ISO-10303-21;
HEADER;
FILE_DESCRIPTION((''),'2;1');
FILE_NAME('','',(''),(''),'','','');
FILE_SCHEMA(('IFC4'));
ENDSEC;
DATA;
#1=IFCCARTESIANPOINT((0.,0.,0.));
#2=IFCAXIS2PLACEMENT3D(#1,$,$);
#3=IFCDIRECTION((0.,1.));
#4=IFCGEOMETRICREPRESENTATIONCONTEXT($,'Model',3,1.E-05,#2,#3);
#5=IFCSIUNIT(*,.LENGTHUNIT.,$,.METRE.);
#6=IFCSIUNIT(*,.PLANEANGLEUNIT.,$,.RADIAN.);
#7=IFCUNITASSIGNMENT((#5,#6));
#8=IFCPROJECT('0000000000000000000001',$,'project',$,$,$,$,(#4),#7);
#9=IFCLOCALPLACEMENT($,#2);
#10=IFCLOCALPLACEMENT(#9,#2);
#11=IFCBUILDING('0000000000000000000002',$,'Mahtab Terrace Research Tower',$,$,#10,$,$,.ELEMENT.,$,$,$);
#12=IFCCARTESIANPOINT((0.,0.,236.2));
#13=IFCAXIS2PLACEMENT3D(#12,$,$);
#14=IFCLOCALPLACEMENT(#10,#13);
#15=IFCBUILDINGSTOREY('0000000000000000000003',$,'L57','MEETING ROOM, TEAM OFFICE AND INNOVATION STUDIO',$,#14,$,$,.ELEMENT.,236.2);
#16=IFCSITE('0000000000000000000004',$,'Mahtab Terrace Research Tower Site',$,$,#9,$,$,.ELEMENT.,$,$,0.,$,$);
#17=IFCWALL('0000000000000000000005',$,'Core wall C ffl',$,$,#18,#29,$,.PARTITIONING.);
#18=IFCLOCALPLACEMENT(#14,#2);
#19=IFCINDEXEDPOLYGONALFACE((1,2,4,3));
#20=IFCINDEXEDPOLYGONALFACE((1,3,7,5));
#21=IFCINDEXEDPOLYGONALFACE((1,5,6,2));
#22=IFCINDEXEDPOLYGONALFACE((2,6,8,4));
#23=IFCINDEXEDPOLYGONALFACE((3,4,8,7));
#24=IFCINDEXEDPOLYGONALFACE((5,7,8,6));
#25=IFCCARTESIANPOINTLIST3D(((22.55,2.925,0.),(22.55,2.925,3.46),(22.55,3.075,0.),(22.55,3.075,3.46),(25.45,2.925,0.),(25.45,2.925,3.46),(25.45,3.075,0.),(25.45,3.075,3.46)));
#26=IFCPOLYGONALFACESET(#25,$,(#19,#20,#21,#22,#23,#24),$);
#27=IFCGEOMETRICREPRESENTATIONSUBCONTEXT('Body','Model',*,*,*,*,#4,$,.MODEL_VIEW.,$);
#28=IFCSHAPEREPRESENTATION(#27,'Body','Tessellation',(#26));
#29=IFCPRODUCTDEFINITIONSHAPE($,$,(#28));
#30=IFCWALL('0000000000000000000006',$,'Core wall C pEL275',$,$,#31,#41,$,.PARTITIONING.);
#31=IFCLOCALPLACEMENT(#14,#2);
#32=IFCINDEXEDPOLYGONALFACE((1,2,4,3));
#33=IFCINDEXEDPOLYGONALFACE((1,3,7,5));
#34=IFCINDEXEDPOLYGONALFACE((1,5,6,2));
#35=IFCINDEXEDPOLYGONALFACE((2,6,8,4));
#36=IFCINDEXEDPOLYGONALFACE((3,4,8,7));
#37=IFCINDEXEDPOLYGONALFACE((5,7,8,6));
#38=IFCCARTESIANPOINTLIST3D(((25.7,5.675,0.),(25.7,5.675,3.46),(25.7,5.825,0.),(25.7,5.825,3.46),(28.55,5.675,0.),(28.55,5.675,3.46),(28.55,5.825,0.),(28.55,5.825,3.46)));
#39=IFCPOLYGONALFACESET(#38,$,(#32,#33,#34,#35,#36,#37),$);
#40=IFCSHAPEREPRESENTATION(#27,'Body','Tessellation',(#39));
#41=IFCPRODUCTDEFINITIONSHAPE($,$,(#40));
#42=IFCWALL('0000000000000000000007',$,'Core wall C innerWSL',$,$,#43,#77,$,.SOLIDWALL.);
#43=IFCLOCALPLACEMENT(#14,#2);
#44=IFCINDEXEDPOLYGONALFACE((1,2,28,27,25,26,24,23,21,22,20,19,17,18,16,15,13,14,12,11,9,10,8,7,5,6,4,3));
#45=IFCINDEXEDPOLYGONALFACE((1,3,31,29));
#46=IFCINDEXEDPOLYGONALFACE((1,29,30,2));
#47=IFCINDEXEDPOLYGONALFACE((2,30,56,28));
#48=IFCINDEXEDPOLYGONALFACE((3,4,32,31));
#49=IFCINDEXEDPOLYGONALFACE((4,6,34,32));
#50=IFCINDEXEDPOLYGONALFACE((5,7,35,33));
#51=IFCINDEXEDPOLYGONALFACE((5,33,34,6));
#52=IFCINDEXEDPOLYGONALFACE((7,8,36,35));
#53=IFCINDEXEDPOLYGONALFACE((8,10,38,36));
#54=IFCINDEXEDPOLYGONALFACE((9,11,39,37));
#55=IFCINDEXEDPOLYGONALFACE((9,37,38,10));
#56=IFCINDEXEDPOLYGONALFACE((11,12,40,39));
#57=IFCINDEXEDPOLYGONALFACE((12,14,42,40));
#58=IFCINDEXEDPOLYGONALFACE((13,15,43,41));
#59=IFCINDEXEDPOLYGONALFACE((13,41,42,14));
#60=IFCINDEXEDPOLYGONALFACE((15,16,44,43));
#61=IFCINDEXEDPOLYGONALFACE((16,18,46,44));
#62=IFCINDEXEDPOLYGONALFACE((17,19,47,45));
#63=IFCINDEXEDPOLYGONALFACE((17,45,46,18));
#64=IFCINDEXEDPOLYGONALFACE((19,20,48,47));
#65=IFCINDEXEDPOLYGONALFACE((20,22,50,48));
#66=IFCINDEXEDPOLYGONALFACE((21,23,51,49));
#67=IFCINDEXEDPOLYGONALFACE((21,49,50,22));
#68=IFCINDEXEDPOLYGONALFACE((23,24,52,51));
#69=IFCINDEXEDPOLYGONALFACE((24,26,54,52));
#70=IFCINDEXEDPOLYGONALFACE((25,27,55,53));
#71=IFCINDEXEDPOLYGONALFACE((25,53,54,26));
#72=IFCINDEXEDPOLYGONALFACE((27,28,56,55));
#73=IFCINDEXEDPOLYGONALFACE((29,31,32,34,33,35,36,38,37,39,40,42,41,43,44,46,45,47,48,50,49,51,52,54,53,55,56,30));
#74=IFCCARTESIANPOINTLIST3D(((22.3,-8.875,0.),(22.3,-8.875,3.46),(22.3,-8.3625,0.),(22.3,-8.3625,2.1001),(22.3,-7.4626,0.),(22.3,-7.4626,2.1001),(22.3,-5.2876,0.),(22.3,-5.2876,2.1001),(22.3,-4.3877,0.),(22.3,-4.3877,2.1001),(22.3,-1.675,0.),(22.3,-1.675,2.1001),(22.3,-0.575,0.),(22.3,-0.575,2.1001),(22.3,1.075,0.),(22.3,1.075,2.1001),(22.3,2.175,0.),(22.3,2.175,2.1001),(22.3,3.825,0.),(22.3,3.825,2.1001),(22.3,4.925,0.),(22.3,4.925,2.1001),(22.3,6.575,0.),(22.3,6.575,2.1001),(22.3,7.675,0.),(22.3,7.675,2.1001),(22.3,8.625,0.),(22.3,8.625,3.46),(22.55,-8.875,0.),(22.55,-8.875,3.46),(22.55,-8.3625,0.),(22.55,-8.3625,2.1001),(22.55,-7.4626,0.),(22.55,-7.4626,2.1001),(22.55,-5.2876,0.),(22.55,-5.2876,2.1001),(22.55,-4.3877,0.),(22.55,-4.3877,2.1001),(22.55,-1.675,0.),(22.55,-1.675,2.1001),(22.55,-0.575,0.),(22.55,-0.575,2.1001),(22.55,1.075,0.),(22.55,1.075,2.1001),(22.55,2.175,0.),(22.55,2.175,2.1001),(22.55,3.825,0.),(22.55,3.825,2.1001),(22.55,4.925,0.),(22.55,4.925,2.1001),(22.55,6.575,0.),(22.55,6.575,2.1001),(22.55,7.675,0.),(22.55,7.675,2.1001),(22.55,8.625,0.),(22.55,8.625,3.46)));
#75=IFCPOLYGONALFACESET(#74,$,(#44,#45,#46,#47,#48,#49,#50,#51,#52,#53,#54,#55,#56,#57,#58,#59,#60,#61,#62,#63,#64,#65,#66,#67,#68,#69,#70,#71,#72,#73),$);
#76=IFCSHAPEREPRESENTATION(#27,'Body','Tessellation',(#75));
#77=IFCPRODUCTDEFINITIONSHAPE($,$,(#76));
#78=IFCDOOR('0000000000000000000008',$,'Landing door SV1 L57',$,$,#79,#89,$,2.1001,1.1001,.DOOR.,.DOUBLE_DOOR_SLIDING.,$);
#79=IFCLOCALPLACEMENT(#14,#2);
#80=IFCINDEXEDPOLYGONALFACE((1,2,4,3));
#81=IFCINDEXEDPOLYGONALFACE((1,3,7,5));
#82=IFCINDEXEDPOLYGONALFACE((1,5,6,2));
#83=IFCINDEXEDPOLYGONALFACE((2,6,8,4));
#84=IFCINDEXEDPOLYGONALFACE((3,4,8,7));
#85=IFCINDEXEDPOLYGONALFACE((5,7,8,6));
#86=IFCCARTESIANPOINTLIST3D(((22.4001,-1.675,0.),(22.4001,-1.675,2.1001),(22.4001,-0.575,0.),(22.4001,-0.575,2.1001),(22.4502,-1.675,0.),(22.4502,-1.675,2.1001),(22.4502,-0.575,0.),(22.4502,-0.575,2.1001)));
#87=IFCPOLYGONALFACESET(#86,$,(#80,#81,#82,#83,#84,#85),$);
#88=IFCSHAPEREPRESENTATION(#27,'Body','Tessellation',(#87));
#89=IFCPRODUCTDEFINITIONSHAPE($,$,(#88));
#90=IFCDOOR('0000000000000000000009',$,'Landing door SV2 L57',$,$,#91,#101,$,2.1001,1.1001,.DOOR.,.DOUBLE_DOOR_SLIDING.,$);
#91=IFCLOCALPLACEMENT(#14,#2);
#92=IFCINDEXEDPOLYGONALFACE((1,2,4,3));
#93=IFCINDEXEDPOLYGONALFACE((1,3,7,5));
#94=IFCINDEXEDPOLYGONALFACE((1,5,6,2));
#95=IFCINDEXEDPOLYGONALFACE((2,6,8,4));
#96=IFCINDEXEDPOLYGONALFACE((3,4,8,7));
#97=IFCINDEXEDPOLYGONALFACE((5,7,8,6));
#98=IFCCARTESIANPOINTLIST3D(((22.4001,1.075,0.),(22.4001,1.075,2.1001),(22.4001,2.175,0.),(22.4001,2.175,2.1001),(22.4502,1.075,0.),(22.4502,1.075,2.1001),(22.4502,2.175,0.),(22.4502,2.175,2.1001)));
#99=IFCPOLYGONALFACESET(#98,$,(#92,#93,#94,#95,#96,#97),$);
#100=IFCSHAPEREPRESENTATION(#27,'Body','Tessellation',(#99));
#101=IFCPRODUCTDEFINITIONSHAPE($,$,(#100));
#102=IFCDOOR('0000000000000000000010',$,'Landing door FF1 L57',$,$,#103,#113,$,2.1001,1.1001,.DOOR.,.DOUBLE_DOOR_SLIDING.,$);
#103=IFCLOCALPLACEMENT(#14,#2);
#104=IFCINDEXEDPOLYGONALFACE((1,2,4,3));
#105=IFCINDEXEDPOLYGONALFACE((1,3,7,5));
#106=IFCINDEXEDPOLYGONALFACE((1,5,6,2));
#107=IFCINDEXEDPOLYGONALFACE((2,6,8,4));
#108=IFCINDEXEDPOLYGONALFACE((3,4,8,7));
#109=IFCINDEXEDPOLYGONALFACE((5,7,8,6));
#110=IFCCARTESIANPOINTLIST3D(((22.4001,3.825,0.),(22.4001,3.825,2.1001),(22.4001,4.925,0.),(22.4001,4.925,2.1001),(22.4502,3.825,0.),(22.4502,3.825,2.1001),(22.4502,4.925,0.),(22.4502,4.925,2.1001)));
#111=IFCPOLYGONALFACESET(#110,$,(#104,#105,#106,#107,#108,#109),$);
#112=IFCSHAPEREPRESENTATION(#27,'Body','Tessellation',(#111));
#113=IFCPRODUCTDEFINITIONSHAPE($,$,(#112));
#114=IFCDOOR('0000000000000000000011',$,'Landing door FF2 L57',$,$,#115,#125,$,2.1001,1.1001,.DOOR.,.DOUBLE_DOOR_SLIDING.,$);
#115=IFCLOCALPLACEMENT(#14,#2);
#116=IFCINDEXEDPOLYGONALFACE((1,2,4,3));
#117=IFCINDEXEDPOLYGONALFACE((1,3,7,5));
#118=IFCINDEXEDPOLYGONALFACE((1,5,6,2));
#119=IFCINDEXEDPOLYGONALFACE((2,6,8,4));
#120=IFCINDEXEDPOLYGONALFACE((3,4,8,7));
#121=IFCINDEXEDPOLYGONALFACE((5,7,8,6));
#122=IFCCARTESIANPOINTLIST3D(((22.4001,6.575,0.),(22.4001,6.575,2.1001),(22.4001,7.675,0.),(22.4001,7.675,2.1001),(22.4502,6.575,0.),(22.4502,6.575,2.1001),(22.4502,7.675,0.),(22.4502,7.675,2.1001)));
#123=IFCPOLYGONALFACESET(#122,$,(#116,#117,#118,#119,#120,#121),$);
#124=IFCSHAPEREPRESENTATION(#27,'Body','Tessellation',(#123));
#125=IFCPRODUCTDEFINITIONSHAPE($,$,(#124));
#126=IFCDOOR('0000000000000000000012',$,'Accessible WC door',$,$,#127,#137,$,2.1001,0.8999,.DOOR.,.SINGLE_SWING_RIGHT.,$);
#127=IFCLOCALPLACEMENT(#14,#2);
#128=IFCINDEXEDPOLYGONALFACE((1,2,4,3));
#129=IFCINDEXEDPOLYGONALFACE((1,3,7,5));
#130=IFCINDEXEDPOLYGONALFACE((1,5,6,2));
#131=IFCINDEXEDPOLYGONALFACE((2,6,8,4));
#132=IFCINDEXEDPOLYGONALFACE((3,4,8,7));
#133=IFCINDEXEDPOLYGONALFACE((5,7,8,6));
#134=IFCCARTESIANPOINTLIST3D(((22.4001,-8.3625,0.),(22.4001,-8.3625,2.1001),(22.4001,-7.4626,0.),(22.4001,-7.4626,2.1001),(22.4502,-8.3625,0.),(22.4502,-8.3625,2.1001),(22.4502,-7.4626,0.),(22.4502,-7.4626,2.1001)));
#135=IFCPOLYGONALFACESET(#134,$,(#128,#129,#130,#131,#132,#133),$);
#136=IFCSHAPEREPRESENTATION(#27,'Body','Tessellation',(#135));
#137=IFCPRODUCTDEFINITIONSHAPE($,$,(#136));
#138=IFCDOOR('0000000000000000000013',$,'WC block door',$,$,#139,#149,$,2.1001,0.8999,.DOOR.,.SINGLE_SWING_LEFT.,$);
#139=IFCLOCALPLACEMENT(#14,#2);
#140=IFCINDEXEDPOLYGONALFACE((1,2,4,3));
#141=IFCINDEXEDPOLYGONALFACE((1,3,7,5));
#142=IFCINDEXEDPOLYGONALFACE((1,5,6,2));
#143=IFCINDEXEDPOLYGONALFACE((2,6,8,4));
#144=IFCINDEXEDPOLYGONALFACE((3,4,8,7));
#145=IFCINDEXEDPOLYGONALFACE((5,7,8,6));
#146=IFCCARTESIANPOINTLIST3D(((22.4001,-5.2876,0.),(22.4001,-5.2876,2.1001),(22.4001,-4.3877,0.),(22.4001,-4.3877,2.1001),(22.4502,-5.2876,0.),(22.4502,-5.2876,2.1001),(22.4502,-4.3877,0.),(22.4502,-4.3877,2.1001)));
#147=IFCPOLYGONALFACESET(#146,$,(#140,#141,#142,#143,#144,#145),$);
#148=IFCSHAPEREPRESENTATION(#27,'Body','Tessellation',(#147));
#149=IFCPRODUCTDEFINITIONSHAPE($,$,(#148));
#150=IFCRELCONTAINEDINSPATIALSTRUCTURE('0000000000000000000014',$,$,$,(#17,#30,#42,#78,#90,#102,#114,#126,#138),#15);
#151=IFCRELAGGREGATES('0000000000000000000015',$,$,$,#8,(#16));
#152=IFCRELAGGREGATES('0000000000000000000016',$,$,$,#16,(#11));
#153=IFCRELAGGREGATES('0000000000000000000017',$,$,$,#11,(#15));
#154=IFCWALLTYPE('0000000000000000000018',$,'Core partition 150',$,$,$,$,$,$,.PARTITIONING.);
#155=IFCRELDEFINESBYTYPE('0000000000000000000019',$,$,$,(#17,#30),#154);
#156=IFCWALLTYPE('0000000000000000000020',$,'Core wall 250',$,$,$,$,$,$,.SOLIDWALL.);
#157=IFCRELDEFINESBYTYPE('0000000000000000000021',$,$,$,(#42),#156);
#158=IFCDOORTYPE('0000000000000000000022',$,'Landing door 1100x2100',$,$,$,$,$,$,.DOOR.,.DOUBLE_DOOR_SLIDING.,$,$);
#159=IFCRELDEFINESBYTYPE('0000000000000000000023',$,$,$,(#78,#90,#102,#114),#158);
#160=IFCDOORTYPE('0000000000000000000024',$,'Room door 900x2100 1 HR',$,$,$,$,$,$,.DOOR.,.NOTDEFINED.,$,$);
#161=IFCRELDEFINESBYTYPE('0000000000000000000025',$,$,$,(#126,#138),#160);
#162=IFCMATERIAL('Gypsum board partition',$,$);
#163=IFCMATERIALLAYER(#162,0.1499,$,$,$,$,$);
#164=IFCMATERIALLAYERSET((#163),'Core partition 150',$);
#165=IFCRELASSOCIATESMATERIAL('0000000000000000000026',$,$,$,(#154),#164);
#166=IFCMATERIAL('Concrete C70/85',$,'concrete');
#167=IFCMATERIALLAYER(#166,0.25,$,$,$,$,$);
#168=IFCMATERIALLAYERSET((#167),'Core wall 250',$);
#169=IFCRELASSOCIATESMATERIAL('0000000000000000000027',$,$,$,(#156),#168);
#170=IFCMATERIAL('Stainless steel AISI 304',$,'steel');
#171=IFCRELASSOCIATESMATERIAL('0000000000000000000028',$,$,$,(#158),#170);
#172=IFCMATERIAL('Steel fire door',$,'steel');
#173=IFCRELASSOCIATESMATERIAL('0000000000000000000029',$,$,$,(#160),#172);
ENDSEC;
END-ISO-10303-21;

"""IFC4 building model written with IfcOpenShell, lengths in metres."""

from ifc_helpers import new_model, si_unit, direction, frame, frame_2d, origin, place, context, subcontext, project, spatial, rectangle, extrude, material, layer, layer_set, type_object, element, fill, save


model = new_model("IFC4")

# Units and contexts
model_context = context("Model", 3, precision=1e-05, world=origin(), true_north=direction((0.0, 1.0)))
body_context = subcontext(model_context, "Body", "Model", "MODEL_VIEW")
ifc_project = project(units=[si_unit("LENGTHUNIT", "METRE"), si_unit("PLANEANGLEUNIT", "RADIAN")], contexts=[model_context])

# Site, building, storey
site_placement = place(None, origin())
site = spatial("IfcSite", under=ifc_project, at=site_placement, Name="Mahtab Terrace Research Tower Site", CompositionType="ELEMENT", RefElevation=0.0)
building_placement = place(site_placement, origin())
building = spatial("IfcBuilding", under=site, at=building_placement, Name="Mahtab Terrace Research Tower", CompositionType="ELEMENT")
storey_placement = place(building_placement, frame((0.0, 0.0, 236.2)))
storey = spatial("IfcBuildingStorey", under=building, at=storey_placement, Name="L57", Description="MEETING ROOM, TEAM OFFICE AND INNOVATION STUDIO", CompositionType="ELEMENT", Elevation=236.2)

# Walls
ifc_material_1 = material(Name="Gypsum board partition")
ifc_layer_1 = layer(ifc_material_1, 0.1499)
ifc_layer_set_1 = layer_set([ifc_layer_1], Name="Core partition 150")
wall_type_1 = type_object("IfcWallType", Name="Core partition 150", PredefinedType="PARTITIONING", material=ifc_layer_set_1)
wall_1_placement = place(storey_placement, frame((22.55, 3.0, 0.0), z_axis=(0.0, 0.0, 1.0), x_axis=(1.0, 0.0, 0.0)))
element("IfcWall", 1, at=wall_1_placement, inside=storey, type_object=wall_type_1, Name="Core wall C ffl", PredefinedType="PARTITIONING", context=body_context, shape_type="SweptSolid", body=[
    extrude(rectangle(XDim=2.8999, YDim=0.1499, at=frame_2d((1.45, 0.0))), origin(), (0.0, 0.0, 1.0), 3.46),
])
wall_2_placement = place(storey_placement, frame((25.7, 5.75, 0.0), z_axis=(0.0, 0.0, 1.0), x_axis=(1.0, 0.0, 0.0)))
element("IfcWall", 2, at=wall_2_placement, inside=storey, type_object=wall_type_1, Name="Core wall C pEL275", PredefinedType="PARTITIONING", context=body_context, shape_type="SweptSolid", body=[
    extrude(rectangle(XDim=2.8501, YDim=0.1499, at=frame_2d((1.425, 0.0))), origin(), (0.0, 0.0, 1.0), 3.46),
])

# Wall, openings, doors
ifc_material_2 = material(Name="Concrete C70/85", Category="concrete")
ifc_layer_2 = layer(ifc_material_2, 0.25)
ifc_layer_set_2 = layer_set([ifc_layer_2], Name="Core wall 250")
wall_type_2 = type_object("IfcWallType", Name="Core wall 250", PredefinedType="SOLIDWALL", material=ifc_layer_set_2)
wall_3_placement = place(storey_placement, frame((22.425, -8.875, 0.0), z_axis=(0.0, 0.0, 1.0), x_axis=(0.0, 1.0, 0.0)))
wall_3 = element("IfcWall", 3, at=wall_3_placement, inside=storey, type_object=wall_type_2, Name="Core wall C innerWSL", PredefinedType="SOLIDWALL", context=body_context, shape_type="SweptSolid", body=[
    extrude(rectangle(XDim=17.5, YDim=0.25, at=frame_2d((8.75, 0.0))), origin(), (0.0, 0.0, 1.0), 3.46),
])
opening_1_placement = place(wall_3_placement, frame((7.2, 0.0, 0.0)))
opening_1 = element("IfcOpeningElement", 4, at=opening_1_placement, cuts=wall_3, PredefinedType="OPENING", context=body_context, shape_type="SweptSolid", body=[
    extrude(rectangle(XDim=1.1001, YDim=2.1001, at=frame_2d((0.55, 1.05))), frame((0.0, 0.135, 0.0), z_axis=(0.0, -1.0, 0.0), x_axis=(1.0, 0.0, 0.0)), (0.0, 0.0, 1.0), 0.27),
])
opening_2_placement = place(wall_3_placement, frame((9.95, 0.0, 0.0)))
opening_2 = element("IfcOpeningElement", 5, at=opening_2_placement, cuts=wall_3, PredefinedType="OPENING", context=body_context, shape_type="SweptSolid", body=[
    extrude(rectangle(XDim=1.1001, YDim=2.1001, at=frame_2d((0.55, 1.05))), frame((0.0, 0.135, 0.0), z_axis=(0.0, -1.0, 0.0), x_axis=(1.0, 0.0, 0.0)), (0.0, 0.0, 1.0), 0.27),
])
opening_3_placement = place(wall_3_placement, frame((12.7, 0.0, 0.0)))
opening_3 = element("IfcOpeningElement", 6, at=opening_3_placement, cuts=wall_3, PredefinedType="OPENING", context=body_context, shape_type="SweptSolid", body=[
    extrude(rectangle(XDim=1.1001, YDim=2.1001, at=frame_2d((0.55, 1.05))), frame((0.0, 0.135, 0.0), z_axis=(0.0, -1.0, 0.0), x_axis=(1.0, 0.0, 0.0)), (0.0, 0.0, 1.0), 0.27),
])
opening_4_placement = place(wall_3_placement, frame((15.45, 0.0, 0.0)))
opening_4 = element("IfcOpeningElement", 7, at=opening_4_placement, cuts=wall_3, PredefinedType="OPENING", context=body_context, shape_type="SweptSolid", body=[
    extrude(rectangle(XDim=1.1001, YDim=2.1001, at=frame_2d((0.55, 1.05))), frame((0.0, 0.135, 0.0), z_axis=(0.0, -1.0, 0.0), x_axis=(1.0, 0.0, 0.0)), (0.0, 0.0, 1.0), 0.27),
])
opening_5_placement = place(wall_3_placement, frame((0.5125, 0.0, 0.0)))
opening_5 = element("IfcOpeningElement", 8, at=opening_5_placement, cuts=wall_3, PredefinedType="OPENING", context=body_context, shape_type="SweptSolid", body=[
    extrude(rectangle(XDim=0.8999, YDim=2.1001, at=frame_2d((0.45, 1.05))), frame((0.0, 0.135, 0.0), z_axis=(0.0, -1.0, 0.0), x_axis=(1.0, 0.0, 0.0)), (0.0, 0.0, 1.0), 0.27),
])
opening_6_placement = place(wall_3_placement, frame((3.5874, 0.0, 0.0)))
opening_6 = element("IfcOpeningElement", 9, at=opening_6_placement, cuts=wall_3, PredefinedType="OPENING", context=body_context, shape_type="SweptSolid", body=[
    extrude(rectangle(XDim=0.8999, YDim=2.1001, at=frame_2d((0.45, 1.05))), frame((0.0, 0.135, 0.0), z_axis=(0.0, -1.0, 0.0), x_axis=(1.0, 0.0, 0.0)), (0.0, 0.0, 1.0), 0.27),
])
ifc_material_3 = material(Name="Stainless steel AISI 304", Category="steel")
door_type_1 = type_object("IfcDoorType", Name="Landing door 1100x2100", OperationType="DOUBLE_DOOR_SLIDING", PredefinedType="DOOR", material=ifc_material_3)
door_1_placement = place(opening_1_placement, origin())
door_1 = element("IfcDoor", 10, at=door_1_placement, inside=storey, type_object=door_type_1, Name="Landing door SV1 L57", OperationType="DOUBLE_DOOR_SLIDING", OverallHeight=2.1001, OverallWidth=1.1001, PredefinedType="DOOR", context=body_context, shape_type="SweptSolid", body=[
    extrude(rectangle(XDim=1.1001, YDim=2.1001, at=frame_2d((0.55, 1.05))), frame((0.0, 0.0249, 0.0), z_axis=(0.0, -1.0, 0.0), x_axis=(1.0, 0.0, 0.0)), (0.0, 0.0, 1.0), 0.05),
])
fill(opening_1, door_1)
door_2_placement = place(opening_2_placement, origin())
door_2 = element("IfcDoor", 11, at=door_2_placement, inside=storey, type_object=door_type_1, Name="Landing door SV2 L57", OperationType="DOUBLE_DOOR_SLIDING", OverallHeight=2.1001, OverallWidth=1.1001, PredefinedType="DOOR", context=body_context, shape_type="SweptSolid", body=[
    extrude(rectangle(XDim=1.1001, YDim=2.1001, at=frame_2d((0.55, 1.05))), frame((0.0, 0.0249, 0.0), z_axis=(0.0, -1.0, 0.0), x_axis=(1.0, 0.0, 0.0)), (0.0, 0.0, 1.0), 0.05),
])
fill(opening_2, door_2)
door_3_placement = place(opening_3_placement, origin())
door_3 = element("IfcDoor", 12, at=door_3_placement, inside=storey, type_object=door_type_1, Name="Landing door FF1 L57", OperationType="DOUBLE_DOOR_SLIDING", OverallHeight=2.1001, OverallWidth=1.1001, PredefinedType="DOOR", context=body_context, shape_type="SweptSolid", body=[
    extrude(rectangle(XDim=1.1001, YDim=2.1001, at=frame_2d((0.55, 1.05))), frame((0.0, 0.0249, 0.0), z_axis=(0.0, -1.0, 0.0), x_axis=(1.0, 0.0, 0.0)), (0.0, 0.0, 1.0), 0.05),
])
fill(opening_3, door_3)
door_4_placement = place(opening_4_placement, origin())
door_4 = element("IfcDoor", 13, at=door_4_placement, inside=storey, type_object=door_type_1, Name="Landing door FF2 L57", OperationType="DOUBLE_DOOR_SLIDING", OverallHeight=2.1001, OverallWidth=1.1001, PredefinedType="DOOR", context=body_context, shape_type="SweptSolid", body=[
    extrude(rectangle(XDim=1.1001, YDim=2.1001, at=frame_2d((0.55, 1.05))), frame((0.0, 0.0249, 0.0), z_axis=(0.0, -1.0, 0.0), x_axis=(1.0, 0.0, 0.0)), (0.0, 0.0, 1.0), 0.05),
])
fill(opening_4, door_4)
ifc_material_4 = material(Name="Steel fire door", Category="steel")
door_type_2 = type_object("IfcDoorType", Name="Room door 900x2100 1 HR", OperationType="NOTDEFINED", PredefinedType="DOOR", material=ifc_material_4)
door_5_placement = place(opening_5_placement, origin())
door_5 = element("IfcDoor", 14, at=door_5_placement, inside=storey, type_object=door_type_2, Name="Accessible WC door", OperationType="SINGLE_SWING_RIGHT", OverallHeight=2.1001, OverallWidth=0.8999, PredefinedType="DOOR", context=body_context, shape_type="SweptSolid", body=[
    extrude(rectangle(XDim=0.8999, YDim=2.1001, at=frame_2d((0.45, 1.05))), frame((0.0, 0.0249, 0.0), z_axis=(0.0, -1.0, 0.0), x_axis=(1.0, 0.0, 0.0)), (0.0, 0.0, 1.0), 0.05),
])
fill(opening_5, door_5)
door_6_placement = place(opening_6_placement, origin())
door_6 = element("IfcDoor", 15, at=door_6_placement, inside=storey, type_object=door_type_2, Name="WC block door", OperationType="SINGLE_SWING_LEFT", OverallHeight=2.1001, OverallWidth=0.8999, PredefinedType="DOOR", context=body_context, shape_type="SweptSolid", body=[
    extrude(rectangle(XDim=0.8999, YDim=2.1001, at=frame_2d((0.45, 1.05))), frame((0.0, 0.0249, 0.0), z_axis=(0.0, -1.0, 0.0), x_axis=(1.0, 0.0, 0.0)), (0.0, 0.0, 1.0), 0.05),
])
fill(opening_6, door_6)

save(model, "model.ifc")
